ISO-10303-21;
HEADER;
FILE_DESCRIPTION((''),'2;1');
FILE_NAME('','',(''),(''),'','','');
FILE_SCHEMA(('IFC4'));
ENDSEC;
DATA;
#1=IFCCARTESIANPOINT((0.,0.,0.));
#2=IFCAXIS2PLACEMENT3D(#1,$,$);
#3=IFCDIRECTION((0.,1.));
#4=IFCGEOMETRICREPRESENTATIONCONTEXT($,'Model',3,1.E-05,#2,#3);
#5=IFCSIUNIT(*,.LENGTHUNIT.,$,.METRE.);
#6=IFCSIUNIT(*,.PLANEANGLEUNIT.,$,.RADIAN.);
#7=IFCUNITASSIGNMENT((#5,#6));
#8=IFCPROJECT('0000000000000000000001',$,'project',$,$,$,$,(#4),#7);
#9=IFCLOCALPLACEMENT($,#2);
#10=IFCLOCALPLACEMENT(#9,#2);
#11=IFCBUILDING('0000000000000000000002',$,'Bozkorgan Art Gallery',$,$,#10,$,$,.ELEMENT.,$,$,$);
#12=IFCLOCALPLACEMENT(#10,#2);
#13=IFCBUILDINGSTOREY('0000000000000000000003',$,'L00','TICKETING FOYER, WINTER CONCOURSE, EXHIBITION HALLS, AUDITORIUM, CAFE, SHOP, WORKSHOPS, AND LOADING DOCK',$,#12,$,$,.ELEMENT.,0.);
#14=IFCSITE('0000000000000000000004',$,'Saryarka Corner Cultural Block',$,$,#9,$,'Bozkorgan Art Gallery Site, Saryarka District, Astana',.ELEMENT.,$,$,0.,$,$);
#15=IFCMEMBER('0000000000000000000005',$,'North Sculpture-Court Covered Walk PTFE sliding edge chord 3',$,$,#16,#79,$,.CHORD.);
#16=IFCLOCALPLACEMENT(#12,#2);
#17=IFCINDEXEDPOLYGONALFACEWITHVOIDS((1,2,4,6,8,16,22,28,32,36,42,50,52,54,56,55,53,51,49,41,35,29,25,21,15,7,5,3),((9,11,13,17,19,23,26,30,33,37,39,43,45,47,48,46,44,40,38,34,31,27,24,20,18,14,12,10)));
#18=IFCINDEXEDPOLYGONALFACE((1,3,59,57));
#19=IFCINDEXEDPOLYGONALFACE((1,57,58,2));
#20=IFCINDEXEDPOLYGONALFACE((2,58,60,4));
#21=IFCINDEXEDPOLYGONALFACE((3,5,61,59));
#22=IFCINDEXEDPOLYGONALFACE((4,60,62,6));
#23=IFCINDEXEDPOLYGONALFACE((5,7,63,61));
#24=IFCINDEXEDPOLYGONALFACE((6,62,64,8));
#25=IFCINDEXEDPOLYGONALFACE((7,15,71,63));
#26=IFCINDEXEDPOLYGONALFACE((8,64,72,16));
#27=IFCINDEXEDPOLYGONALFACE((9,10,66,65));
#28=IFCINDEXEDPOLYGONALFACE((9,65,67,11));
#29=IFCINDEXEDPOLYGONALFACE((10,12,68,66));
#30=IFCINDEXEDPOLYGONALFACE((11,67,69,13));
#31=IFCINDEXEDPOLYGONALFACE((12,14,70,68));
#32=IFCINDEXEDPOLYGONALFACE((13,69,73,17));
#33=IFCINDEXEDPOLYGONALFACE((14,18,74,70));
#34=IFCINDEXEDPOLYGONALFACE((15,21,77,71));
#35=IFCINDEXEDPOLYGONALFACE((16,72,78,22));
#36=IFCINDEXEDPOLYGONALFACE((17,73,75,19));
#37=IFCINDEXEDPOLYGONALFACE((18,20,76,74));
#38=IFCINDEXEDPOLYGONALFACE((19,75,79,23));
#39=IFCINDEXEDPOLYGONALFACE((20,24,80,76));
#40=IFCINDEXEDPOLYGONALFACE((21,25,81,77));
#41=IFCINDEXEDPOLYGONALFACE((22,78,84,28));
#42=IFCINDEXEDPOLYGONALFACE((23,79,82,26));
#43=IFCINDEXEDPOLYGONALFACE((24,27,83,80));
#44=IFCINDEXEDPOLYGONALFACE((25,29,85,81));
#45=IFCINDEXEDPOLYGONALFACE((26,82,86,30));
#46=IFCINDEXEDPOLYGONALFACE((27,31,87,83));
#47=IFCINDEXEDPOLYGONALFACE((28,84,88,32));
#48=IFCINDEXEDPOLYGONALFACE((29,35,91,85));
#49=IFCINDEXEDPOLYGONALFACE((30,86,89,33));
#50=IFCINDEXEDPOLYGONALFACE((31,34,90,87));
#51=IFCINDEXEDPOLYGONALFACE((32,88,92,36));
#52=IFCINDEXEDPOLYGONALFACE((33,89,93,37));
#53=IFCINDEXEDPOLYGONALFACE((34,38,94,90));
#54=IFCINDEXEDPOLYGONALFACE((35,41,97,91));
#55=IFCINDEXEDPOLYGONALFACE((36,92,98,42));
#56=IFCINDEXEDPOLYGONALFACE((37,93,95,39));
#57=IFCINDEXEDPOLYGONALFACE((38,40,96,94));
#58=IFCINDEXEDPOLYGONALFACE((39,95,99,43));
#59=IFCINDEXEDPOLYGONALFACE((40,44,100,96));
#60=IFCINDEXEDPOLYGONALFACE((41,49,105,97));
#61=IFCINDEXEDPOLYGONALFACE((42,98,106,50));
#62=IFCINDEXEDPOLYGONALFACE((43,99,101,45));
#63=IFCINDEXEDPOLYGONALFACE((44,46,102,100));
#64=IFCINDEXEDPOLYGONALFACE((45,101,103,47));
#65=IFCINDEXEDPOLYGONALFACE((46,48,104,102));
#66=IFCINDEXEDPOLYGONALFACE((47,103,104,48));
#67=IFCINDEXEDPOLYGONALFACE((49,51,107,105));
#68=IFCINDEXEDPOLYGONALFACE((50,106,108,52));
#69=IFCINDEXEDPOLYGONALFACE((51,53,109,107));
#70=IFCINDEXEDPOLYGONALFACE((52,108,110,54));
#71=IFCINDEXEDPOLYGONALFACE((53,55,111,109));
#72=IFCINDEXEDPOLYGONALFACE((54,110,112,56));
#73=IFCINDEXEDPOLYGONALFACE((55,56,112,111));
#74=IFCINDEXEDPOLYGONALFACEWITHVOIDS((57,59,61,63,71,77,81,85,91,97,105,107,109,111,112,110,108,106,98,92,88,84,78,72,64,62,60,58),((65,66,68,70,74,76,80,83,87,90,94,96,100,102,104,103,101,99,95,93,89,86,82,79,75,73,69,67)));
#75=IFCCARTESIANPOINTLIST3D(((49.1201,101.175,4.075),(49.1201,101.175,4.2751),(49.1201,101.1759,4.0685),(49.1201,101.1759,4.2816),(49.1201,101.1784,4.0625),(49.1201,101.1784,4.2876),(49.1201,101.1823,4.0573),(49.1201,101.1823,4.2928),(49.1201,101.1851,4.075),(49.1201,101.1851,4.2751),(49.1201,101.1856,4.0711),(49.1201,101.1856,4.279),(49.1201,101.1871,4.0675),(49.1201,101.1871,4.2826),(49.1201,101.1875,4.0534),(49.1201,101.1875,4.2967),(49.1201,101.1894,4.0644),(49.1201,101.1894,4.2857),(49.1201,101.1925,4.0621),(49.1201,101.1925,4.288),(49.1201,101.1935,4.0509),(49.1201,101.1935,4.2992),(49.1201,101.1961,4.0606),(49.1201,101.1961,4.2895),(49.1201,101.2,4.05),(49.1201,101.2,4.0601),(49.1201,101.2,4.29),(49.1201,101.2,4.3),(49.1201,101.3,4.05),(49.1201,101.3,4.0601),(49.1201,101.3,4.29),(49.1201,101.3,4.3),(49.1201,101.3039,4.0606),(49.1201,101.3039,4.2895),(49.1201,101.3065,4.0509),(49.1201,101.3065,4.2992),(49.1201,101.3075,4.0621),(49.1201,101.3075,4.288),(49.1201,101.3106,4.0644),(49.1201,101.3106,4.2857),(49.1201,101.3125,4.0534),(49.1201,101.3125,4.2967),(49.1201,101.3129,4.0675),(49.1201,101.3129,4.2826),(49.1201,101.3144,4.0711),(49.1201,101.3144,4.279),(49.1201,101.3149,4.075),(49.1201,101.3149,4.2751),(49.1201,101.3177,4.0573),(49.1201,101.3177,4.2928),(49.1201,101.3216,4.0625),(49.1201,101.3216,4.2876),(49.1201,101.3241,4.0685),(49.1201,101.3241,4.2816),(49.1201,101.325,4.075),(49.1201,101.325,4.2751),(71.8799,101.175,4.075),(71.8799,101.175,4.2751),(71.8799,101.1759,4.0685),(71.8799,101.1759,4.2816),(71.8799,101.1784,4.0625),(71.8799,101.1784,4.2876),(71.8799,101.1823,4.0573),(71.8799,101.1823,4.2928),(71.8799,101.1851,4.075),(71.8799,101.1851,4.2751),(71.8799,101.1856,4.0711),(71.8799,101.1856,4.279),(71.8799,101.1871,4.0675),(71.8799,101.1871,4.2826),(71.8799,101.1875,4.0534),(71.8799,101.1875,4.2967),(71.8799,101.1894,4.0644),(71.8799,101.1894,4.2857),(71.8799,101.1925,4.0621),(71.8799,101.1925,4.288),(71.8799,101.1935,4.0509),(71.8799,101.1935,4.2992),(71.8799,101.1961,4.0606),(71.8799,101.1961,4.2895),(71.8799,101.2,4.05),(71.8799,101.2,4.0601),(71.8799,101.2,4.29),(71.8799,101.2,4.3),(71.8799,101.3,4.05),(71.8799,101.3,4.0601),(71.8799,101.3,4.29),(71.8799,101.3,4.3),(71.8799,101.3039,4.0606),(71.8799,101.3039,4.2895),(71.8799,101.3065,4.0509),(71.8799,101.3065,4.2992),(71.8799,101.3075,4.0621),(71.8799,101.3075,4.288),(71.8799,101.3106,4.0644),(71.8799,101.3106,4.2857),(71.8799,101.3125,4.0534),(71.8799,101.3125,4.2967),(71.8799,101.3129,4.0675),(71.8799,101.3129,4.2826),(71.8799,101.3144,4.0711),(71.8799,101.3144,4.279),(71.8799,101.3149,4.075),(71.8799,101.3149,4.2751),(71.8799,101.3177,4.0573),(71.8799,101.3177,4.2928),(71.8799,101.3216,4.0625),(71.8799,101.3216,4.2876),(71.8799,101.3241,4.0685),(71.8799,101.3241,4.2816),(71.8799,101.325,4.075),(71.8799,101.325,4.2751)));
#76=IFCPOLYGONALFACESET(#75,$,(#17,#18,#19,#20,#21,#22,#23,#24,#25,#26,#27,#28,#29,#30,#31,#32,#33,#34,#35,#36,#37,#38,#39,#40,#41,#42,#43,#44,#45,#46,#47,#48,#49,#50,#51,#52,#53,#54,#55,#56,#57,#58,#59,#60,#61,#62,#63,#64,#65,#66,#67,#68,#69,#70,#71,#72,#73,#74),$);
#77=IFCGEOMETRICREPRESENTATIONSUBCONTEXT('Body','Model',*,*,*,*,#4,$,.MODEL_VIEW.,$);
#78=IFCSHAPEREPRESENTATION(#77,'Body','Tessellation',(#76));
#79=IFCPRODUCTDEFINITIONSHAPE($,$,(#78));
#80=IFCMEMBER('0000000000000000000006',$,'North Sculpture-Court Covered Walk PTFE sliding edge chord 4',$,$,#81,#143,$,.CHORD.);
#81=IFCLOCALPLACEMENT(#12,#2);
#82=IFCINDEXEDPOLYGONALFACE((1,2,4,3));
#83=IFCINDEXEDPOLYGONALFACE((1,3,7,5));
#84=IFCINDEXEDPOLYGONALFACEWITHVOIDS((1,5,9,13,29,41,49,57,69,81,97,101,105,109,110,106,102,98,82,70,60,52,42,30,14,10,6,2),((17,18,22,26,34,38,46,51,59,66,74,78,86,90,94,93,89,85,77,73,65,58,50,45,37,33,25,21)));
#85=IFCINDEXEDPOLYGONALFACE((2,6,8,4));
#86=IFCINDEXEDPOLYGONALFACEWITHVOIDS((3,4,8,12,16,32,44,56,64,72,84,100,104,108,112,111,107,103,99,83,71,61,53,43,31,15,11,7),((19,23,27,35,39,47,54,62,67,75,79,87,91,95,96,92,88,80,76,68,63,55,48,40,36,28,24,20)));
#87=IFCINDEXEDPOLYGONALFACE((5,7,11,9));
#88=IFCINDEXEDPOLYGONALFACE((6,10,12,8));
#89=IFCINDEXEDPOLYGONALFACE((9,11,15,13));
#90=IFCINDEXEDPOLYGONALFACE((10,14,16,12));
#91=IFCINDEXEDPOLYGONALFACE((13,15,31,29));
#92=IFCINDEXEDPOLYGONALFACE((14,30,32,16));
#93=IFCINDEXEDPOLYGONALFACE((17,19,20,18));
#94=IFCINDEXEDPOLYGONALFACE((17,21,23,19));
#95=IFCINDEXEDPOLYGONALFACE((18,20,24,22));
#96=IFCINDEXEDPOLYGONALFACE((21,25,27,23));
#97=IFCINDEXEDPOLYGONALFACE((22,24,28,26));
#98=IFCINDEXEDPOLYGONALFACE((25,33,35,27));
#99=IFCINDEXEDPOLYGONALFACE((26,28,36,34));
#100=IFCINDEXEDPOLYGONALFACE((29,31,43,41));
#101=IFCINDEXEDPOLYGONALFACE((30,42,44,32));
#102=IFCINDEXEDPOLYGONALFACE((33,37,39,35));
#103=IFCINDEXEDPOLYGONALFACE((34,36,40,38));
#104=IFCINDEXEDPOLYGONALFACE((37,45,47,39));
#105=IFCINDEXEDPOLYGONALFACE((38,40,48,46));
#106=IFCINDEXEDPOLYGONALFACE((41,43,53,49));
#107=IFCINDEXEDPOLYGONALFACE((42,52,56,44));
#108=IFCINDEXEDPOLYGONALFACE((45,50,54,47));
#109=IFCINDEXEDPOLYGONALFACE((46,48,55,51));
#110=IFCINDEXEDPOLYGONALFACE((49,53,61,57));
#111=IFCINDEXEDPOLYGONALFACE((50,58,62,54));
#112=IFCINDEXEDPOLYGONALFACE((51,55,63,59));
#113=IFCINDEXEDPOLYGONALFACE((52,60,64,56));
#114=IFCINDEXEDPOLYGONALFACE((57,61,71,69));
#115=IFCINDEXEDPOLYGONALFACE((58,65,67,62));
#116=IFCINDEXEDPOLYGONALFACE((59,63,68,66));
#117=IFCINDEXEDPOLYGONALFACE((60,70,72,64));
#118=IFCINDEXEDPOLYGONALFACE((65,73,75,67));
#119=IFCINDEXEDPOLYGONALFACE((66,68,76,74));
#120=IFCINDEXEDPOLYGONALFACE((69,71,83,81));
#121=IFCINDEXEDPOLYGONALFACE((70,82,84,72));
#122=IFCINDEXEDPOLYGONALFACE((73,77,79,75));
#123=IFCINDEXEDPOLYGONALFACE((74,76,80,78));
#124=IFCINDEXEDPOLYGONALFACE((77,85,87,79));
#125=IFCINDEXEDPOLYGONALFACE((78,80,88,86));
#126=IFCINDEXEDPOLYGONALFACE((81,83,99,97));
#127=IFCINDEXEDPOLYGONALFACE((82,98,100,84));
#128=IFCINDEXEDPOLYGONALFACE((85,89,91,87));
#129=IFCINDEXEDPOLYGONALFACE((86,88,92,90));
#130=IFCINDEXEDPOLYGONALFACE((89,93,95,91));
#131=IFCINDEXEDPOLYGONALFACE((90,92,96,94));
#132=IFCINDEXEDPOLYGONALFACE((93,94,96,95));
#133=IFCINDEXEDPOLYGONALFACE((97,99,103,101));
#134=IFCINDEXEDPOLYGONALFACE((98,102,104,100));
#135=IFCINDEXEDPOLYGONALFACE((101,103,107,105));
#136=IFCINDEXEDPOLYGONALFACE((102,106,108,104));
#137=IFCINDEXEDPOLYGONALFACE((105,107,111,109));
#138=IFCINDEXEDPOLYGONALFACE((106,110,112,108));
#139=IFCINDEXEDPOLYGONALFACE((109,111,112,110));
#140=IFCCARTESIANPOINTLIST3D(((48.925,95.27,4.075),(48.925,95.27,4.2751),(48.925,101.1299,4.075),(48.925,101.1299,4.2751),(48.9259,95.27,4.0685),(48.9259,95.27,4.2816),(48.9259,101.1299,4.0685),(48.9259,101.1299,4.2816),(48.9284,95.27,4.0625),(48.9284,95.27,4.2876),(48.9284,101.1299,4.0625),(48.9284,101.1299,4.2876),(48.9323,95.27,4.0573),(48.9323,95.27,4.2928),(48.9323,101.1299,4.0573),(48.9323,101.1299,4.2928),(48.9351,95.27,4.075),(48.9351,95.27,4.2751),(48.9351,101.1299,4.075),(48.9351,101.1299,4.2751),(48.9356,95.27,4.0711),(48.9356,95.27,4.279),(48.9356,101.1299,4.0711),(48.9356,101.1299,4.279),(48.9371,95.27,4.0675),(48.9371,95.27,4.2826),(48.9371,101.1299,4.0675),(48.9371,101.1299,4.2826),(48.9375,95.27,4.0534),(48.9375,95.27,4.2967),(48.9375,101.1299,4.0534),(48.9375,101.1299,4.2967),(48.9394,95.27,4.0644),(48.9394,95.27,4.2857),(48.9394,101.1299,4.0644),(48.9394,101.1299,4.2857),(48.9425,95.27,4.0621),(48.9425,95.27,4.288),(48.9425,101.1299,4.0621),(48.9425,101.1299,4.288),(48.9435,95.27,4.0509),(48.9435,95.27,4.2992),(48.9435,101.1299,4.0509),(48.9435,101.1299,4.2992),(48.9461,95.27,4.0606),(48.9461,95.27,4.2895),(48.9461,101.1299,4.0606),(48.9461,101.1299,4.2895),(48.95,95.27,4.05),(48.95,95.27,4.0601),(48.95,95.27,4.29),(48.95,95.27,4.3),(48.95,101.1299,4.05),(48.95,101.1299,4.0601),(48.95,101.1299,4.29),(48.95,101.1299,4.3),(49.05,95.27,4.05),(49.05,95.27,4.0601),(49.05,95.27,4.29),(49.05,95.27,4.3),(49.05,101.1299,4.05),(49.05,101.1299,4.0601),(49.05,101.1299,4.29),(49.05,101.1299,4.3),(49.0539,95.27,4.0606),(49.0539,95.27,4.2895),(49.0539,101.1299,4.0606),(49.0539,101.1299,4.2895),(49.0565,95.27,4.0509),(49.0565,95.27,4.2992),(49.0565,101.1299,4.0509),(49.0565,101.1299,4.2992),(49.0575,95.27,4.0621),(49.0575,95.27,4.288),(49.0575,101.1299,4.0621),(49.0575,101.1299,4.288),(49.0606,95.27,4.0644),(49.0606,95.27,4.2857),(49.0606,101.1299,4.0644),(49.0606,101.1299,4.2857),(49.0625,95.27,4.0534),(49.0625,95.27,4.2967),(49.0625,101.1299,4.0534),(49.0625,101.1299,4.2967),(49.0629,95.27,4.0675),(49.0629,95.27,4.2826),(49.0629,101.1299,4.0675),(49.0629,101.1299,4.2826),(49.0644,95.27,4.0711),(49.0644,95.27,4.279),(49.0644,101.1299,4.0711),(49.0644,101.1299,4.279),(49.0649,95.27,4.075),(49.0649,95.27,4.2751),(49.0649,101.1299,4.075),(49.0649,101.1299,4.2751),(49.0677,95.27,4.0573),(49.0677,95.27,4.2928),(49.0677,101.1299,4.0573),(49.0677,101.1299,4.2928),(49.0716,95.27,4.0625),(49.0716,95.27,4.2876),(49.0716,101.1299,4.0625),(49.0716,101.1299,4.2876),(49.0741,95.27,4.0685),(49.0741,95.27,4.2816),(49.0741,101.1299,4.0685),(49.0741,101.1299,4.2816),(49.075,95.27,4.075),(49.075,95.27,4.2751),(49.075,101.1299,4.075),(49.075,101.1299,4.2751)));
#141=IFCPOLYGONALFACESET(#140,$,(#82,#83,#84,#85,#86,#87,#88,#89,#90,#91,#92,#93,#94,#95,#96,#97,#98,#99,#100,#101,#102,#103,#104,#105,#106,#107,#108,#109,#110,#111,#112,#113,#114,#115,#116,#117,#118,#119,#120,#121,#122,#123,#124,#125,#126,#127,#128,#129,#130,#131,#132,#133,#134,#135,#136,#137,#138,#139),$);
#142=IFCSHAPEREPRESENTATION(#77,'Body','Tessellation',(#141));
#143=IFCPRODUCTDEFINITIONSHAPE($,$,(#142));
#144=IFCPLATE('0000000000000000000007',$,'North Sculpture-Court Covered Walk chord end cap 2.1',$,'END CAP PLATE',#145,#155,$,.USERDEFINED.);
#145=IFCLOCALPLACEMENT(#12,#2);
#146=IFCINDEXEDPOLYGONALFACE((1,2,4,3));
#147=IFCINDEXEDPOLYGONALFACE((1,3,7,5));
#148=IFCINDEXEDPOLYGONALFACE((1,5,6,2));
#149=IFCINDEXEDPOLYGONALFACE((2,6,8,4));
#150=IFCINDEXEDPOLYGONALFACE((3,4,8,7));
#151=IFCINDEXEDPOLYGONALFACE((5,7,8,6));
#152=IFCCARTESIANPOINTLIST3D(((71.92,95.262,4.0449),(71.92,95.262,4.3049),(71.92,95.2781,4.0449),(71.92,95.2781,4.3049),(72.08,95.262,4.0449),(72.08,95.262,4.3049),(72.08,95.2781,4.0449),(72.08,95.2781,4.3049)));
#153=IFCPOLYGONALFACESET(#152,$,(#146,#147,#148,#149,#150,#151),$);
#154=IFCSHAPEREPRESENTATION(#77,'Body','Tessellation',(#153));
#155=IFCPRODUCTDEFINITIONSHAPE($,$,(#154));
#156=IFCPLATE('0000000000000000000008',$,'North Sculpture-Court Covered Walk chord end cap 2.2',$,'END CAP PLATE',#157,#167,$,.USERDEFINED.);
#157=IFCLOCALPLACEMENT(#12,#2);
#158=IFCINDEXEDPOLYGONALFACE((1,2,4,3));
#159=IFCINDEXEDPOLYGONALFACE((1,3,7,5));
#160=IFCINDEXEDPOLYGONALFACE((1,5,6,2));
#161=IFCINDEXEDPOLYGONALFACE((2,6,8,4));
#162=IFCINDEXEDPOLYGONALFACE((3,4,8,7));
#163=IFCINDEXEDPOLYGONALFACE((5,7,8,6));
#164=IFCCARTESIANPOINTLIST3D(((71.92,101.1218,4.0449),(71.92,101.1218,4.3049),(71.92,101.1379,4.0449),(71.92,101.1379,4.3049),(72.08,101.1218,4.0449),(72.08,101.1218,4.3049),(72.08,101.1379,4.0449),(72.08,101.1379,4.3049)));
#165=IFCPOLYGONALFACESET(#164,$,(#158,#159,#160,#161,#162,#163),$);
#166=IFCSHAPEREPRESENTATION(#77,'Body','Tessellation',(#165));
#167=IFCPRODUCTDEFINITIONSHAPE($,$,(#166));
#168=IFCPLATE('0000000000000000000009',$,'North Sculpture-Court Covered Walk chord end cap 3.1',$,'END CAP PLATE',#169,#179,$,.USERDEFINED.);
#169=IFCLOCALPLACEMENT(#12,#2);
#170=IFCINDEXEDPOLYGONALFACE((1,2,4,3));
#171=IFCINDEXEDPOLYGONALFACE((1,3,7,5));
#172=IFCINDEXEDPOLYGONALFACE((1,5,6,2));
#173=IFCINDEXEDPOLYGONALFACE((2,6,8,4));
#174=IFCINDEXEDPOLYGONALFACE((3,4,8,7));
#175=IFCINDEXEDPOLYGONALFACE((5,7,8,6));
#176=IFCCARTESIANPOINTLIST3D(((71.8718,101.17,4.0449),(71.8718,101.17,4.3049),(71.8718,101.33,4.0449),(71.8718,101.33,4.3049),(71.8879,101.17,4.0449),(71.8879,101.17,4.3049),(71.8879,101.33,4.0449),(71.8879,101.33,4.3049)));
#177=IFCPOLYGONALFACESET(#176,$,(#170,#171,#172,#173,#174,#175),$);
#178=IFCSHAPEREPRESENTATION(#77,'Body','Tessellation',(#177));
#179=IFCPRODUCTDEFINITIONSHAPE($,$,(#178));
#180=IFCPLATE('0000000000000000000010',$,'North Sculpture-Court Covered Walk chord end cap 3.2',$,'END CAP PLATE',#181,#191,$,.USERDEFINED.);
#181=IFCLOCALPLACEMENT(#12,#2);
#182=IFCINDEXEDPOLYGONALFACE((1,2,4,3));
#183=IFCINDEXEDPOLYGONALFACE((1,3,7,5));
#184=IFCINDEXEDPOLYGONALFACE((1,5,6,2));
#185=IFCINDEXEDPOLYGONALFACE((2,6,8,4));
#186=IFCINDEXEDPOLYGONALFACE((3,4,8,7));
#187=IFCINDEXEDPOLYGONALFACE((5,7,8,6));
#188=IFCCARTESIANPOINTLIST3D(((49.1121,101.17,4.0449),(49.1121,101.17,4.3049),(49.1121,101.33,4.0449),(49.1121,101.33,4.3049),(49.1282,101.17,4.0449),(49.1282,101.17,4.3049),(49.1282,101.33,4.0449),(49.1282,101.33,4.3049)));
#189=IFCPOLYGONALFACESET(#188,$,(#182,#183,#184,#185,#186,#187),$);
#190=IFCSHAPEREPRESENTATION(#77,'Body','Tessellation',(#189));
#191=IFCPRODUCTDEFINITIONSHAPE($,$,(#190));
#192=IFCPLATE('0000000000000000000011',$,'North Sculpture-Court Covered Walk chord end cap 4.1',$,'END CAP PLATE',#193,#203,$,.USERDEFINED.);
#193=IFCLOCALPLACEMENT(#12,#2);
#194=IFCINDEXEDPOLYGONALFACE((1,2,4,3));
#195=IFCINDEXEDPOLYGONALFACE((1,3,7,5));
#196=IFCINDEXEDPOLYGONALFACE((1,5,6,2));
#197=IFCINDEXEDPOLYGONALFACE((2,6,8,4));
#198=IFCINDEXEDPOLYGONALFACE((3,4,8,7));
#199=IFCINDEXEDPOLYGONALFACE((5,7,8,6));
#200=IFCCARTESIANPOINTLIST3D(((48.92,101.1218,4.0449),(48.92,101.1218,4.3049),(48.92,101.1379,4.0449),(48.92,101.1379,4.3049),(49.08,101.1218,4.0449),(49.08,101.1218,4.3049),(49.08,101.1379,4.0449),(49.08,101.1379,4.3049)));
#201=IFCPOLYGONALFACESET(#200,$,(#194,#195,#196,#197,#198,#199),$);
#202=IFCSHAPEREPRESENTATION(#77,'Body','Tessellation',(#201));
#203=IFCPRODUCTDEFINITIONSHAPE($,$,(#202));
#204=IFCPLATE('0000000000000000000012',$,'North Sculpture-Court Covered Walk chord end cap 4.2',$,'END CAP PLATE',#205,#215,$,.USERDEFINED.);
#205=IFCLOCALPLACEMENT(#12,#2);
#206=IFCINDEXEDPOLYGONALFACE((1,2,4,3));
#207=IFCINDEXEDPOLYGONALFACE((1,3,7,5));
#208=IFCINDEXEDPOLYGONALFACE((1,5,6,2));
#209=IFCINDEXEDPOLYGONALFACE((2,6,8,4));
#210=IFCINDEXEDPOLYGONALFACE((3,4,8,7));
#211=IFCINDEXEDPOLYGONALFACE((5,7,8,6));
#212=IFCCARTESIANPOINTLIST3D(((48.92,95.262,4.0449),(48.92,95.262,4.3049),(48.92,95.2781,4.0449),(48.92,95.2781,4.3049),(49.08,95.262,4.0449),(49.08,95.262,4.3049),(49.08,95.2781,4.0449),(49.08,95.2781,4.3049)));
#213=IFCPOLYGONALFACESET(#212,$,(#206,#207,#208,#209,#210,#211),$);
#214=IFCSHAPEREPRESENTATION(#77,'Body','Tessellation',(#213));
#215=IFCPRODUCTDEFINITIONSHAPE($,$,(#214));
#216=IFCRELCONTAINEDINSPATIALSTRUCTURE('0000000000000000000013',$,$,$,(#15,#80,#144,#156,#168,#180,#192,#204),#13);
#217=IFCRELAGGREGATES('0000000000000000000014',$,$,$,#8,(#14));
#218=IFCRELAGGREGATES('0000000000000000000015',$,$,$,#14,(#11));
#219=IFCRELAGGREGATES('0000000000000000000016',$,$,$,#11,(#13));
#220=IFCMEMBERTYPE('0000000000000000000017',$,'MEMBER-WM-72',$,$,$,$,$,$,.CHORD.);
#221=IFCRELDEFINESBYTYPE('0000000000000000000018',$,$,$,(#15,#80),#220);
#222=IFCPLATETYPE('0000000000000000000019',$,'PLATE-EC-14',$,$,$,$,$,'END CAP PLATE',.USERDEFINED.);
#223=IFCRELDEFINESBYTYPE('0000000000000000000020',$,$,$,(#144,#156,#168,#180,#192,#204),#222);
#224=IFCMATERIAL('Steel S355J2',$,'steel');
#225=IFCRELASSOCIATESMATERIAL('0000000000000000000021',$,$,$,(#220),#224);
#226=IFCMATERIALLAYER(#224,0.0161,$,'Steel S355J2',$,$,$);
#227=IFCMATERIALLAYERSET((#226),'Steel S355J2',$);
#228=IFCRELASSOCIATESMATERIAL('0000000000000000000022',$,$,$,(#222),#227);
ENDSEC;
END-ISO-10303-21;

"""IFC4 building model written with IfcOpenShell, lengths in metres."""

from ifc_helpers import new_model, si_unit, direction, frame, origin, origin_2d, place, context, subcontext, project, spatial, rectangle, hollow_rectangle, extrude, material, layer, layer_set, material_profile, profile_set, type_object, element, save


model = new_model("IFC4")

# Units and contexts
model_context = context("Model", 3, precision=1e-05, world=origin(), true_north=direction((0.0, 1.0)))
body_context = subcontext(model_context, "Body", "Model", "MODEL_VIEW")
ifc_project = project(units=[si_unit("LENGTHUNIT", "METRE"), si_unit("PLANEANGLEUNIT", "RADIAN")], contexts=[model_context])

# Site, building, storey
site_placement = place(None, origin())
site = spatial("IfcSite", under=ifc_project, at=site_placement, Name="Saryarka Corner Cultural Block", LongName="Bozkorgan Art Gallery Site, Saryarka District, Astana", CompositionType="ELEMENT", RefElevation=0.0)
building_placement = place(site_placement, origin())
building = spatial("IfcBuilding", under=site, at=building_placement, Name="Bozkorgan Art Gallery", CompositionType="ELEMENT")
storey_placement = place(building_placement, origin())
storey = spatial("IfcBuildingStorey", under=building, at=storey_placement, Name="L00", Description="TICKETING FOYER, WINTER CONCOURSE, EXHIBITION HALLS, AUDITORIUM, CAFE, SHOP, WORKSHOPS, AND LOADING DOCK", CompositionType="ELEMENT", Elevation=0.0)

# Shared definitions
ifc_material_1 = material(Name="Steel S355J2", Category="steel")

# Members
ifc_material_profile_1 = material_profile(ifc_material_1, hollow_rectangle(XDim=0.1499, YDim=0.25, WallThickness=0.01, InnerFilletRadius=0.0149, OuterFilletRadius=0.0249, at=origin_2d()), Name="RHS 250x150x10")
ifc_profile_set_1 = profile_set([ifc_material_profile_1], Name="Steel S355J2")
member_type = type_object("IfcMemberType", Name="MEMBER-WM-72", PredefinedType="CHORD", material=ifc_profile_set_1)
member_1_placement = place(storey_placement, frame((71.8799, 101.25, 4.175), z_axis=(-1.0, 0.0, 0.0), x_axis=(0.0, -1.0, 0.0)))
element("IfcMember", 1, at=member_1_placement, inside=storey, type_object=member_type, Name="North Sculpture-Court Covered Walk PTFE sliding edge chord 3", PredefinedType="CHORD", context=body_context, shape_type="SweptSolid", body=[
    extrude(hollow_rectangle(XDim=0.1499, YDim=0.25, WallThickness=0.01, InnerFilletRadius=0.0149, OuterFilletRadius=0.0249, at=origin_2d()), origin(), (0.0, 0.0, 1.0), 22.7598),
])
member_2_placement = place(storey_placement, frame((49.0, 101.1299, 4.175), z_axis=(0.0, -1.0, 0.0), x_axis=(1.0, 0.0, 0.0)))
element("IfcMember", 2, at=member_2_placement, inside=storey, type_object=member_type, Name="North Sculpture-Court Covered Walk PTFE sliding edge chord 4", PredefinedType="CHORD", context=body_context, shape_type="SweptSolid", body=[
    extrude(hollow_rectangle(XDim=0.1499, YDim=0.25, WallThickness=0.01, InnerFilletRadius=0.0149, OuterFilletRadius=0.0249, at=origin_2d()), origin(), (0.0, 0.0, 1.0), 5.8599),
])

# Plates
ifc_layer_1 = layer(ifc_material_1, 0.0161, Name="Steel S355J2")
ifc_layer_set_1 = layer_set([ifc_layer_1], Name="Steel S355J2")
plate_type = type_object("IfcPlateType", Name="PLATE-EC-14", ElementType="END CAP PLATE", PredefinedType="USERDEFINED", material=ifc_layer_set_1)
for number, where, z_axis, x_axis, name in (
    (3, (72.0, 95.27, 4.0449), (0.0, 0.0, 1.0), (0.0, 1.0, 0.0), "North Sculpture-Court Covered Walk chord end cap 2.1"),
    (4, (72.0, 101.1299, 4.0449), (0.0, 0.0, 1.0), (0.0, 1.0, 0.0), "North Sculpture-Court Covered Walk chord end cap 2.2"),
    (5, (71.8799, 101.25, 4.0449), (0.0, 0.0, 1.0), (-1.0, 0.0, 0.0), "North Sculpture-Court Covered Walk chord end cap 3.1"),
    (6, (49.1201, 101.25, 4.0449), (0.0, 0.0, 1.0), (-1.0, 0.0, 0.0), "North Sculpture-Court Covered Walk chord end cap 3.2"),
    (7, (49.0, 101.1299, 4.0449), (0.0, 0.0, 1.0), (0.0, -1.0, 0.0), "North Sculpture-Court Covered Walk chord end cap 4.1"),
    (8, (49.0, 95.27, 4.0449), (0.0, 0.0, 1.0), (0.0, -1.0, 0.0), "North Sculpture-Court Covered Walk chord end cap 4.2"),
):
    element("IfcPlate", number, at=place(storey_placement, frame(where, z_axis=z_axis, x_axis=x_axis)), inside=storey, type_object=plate_type, Name=name, ObjectType="END CAP PLATE", PredefinedType="USERDEFINED", context=body_context, shape_type="SweptSolid", body=[
        extrude(rectangle(XDim=0.0161, YDim=0.1599, at=origin_2d()), origin(), (0.0, 0.0, 1.0), 0.26),
    ])

save(model, "model.ifc")
